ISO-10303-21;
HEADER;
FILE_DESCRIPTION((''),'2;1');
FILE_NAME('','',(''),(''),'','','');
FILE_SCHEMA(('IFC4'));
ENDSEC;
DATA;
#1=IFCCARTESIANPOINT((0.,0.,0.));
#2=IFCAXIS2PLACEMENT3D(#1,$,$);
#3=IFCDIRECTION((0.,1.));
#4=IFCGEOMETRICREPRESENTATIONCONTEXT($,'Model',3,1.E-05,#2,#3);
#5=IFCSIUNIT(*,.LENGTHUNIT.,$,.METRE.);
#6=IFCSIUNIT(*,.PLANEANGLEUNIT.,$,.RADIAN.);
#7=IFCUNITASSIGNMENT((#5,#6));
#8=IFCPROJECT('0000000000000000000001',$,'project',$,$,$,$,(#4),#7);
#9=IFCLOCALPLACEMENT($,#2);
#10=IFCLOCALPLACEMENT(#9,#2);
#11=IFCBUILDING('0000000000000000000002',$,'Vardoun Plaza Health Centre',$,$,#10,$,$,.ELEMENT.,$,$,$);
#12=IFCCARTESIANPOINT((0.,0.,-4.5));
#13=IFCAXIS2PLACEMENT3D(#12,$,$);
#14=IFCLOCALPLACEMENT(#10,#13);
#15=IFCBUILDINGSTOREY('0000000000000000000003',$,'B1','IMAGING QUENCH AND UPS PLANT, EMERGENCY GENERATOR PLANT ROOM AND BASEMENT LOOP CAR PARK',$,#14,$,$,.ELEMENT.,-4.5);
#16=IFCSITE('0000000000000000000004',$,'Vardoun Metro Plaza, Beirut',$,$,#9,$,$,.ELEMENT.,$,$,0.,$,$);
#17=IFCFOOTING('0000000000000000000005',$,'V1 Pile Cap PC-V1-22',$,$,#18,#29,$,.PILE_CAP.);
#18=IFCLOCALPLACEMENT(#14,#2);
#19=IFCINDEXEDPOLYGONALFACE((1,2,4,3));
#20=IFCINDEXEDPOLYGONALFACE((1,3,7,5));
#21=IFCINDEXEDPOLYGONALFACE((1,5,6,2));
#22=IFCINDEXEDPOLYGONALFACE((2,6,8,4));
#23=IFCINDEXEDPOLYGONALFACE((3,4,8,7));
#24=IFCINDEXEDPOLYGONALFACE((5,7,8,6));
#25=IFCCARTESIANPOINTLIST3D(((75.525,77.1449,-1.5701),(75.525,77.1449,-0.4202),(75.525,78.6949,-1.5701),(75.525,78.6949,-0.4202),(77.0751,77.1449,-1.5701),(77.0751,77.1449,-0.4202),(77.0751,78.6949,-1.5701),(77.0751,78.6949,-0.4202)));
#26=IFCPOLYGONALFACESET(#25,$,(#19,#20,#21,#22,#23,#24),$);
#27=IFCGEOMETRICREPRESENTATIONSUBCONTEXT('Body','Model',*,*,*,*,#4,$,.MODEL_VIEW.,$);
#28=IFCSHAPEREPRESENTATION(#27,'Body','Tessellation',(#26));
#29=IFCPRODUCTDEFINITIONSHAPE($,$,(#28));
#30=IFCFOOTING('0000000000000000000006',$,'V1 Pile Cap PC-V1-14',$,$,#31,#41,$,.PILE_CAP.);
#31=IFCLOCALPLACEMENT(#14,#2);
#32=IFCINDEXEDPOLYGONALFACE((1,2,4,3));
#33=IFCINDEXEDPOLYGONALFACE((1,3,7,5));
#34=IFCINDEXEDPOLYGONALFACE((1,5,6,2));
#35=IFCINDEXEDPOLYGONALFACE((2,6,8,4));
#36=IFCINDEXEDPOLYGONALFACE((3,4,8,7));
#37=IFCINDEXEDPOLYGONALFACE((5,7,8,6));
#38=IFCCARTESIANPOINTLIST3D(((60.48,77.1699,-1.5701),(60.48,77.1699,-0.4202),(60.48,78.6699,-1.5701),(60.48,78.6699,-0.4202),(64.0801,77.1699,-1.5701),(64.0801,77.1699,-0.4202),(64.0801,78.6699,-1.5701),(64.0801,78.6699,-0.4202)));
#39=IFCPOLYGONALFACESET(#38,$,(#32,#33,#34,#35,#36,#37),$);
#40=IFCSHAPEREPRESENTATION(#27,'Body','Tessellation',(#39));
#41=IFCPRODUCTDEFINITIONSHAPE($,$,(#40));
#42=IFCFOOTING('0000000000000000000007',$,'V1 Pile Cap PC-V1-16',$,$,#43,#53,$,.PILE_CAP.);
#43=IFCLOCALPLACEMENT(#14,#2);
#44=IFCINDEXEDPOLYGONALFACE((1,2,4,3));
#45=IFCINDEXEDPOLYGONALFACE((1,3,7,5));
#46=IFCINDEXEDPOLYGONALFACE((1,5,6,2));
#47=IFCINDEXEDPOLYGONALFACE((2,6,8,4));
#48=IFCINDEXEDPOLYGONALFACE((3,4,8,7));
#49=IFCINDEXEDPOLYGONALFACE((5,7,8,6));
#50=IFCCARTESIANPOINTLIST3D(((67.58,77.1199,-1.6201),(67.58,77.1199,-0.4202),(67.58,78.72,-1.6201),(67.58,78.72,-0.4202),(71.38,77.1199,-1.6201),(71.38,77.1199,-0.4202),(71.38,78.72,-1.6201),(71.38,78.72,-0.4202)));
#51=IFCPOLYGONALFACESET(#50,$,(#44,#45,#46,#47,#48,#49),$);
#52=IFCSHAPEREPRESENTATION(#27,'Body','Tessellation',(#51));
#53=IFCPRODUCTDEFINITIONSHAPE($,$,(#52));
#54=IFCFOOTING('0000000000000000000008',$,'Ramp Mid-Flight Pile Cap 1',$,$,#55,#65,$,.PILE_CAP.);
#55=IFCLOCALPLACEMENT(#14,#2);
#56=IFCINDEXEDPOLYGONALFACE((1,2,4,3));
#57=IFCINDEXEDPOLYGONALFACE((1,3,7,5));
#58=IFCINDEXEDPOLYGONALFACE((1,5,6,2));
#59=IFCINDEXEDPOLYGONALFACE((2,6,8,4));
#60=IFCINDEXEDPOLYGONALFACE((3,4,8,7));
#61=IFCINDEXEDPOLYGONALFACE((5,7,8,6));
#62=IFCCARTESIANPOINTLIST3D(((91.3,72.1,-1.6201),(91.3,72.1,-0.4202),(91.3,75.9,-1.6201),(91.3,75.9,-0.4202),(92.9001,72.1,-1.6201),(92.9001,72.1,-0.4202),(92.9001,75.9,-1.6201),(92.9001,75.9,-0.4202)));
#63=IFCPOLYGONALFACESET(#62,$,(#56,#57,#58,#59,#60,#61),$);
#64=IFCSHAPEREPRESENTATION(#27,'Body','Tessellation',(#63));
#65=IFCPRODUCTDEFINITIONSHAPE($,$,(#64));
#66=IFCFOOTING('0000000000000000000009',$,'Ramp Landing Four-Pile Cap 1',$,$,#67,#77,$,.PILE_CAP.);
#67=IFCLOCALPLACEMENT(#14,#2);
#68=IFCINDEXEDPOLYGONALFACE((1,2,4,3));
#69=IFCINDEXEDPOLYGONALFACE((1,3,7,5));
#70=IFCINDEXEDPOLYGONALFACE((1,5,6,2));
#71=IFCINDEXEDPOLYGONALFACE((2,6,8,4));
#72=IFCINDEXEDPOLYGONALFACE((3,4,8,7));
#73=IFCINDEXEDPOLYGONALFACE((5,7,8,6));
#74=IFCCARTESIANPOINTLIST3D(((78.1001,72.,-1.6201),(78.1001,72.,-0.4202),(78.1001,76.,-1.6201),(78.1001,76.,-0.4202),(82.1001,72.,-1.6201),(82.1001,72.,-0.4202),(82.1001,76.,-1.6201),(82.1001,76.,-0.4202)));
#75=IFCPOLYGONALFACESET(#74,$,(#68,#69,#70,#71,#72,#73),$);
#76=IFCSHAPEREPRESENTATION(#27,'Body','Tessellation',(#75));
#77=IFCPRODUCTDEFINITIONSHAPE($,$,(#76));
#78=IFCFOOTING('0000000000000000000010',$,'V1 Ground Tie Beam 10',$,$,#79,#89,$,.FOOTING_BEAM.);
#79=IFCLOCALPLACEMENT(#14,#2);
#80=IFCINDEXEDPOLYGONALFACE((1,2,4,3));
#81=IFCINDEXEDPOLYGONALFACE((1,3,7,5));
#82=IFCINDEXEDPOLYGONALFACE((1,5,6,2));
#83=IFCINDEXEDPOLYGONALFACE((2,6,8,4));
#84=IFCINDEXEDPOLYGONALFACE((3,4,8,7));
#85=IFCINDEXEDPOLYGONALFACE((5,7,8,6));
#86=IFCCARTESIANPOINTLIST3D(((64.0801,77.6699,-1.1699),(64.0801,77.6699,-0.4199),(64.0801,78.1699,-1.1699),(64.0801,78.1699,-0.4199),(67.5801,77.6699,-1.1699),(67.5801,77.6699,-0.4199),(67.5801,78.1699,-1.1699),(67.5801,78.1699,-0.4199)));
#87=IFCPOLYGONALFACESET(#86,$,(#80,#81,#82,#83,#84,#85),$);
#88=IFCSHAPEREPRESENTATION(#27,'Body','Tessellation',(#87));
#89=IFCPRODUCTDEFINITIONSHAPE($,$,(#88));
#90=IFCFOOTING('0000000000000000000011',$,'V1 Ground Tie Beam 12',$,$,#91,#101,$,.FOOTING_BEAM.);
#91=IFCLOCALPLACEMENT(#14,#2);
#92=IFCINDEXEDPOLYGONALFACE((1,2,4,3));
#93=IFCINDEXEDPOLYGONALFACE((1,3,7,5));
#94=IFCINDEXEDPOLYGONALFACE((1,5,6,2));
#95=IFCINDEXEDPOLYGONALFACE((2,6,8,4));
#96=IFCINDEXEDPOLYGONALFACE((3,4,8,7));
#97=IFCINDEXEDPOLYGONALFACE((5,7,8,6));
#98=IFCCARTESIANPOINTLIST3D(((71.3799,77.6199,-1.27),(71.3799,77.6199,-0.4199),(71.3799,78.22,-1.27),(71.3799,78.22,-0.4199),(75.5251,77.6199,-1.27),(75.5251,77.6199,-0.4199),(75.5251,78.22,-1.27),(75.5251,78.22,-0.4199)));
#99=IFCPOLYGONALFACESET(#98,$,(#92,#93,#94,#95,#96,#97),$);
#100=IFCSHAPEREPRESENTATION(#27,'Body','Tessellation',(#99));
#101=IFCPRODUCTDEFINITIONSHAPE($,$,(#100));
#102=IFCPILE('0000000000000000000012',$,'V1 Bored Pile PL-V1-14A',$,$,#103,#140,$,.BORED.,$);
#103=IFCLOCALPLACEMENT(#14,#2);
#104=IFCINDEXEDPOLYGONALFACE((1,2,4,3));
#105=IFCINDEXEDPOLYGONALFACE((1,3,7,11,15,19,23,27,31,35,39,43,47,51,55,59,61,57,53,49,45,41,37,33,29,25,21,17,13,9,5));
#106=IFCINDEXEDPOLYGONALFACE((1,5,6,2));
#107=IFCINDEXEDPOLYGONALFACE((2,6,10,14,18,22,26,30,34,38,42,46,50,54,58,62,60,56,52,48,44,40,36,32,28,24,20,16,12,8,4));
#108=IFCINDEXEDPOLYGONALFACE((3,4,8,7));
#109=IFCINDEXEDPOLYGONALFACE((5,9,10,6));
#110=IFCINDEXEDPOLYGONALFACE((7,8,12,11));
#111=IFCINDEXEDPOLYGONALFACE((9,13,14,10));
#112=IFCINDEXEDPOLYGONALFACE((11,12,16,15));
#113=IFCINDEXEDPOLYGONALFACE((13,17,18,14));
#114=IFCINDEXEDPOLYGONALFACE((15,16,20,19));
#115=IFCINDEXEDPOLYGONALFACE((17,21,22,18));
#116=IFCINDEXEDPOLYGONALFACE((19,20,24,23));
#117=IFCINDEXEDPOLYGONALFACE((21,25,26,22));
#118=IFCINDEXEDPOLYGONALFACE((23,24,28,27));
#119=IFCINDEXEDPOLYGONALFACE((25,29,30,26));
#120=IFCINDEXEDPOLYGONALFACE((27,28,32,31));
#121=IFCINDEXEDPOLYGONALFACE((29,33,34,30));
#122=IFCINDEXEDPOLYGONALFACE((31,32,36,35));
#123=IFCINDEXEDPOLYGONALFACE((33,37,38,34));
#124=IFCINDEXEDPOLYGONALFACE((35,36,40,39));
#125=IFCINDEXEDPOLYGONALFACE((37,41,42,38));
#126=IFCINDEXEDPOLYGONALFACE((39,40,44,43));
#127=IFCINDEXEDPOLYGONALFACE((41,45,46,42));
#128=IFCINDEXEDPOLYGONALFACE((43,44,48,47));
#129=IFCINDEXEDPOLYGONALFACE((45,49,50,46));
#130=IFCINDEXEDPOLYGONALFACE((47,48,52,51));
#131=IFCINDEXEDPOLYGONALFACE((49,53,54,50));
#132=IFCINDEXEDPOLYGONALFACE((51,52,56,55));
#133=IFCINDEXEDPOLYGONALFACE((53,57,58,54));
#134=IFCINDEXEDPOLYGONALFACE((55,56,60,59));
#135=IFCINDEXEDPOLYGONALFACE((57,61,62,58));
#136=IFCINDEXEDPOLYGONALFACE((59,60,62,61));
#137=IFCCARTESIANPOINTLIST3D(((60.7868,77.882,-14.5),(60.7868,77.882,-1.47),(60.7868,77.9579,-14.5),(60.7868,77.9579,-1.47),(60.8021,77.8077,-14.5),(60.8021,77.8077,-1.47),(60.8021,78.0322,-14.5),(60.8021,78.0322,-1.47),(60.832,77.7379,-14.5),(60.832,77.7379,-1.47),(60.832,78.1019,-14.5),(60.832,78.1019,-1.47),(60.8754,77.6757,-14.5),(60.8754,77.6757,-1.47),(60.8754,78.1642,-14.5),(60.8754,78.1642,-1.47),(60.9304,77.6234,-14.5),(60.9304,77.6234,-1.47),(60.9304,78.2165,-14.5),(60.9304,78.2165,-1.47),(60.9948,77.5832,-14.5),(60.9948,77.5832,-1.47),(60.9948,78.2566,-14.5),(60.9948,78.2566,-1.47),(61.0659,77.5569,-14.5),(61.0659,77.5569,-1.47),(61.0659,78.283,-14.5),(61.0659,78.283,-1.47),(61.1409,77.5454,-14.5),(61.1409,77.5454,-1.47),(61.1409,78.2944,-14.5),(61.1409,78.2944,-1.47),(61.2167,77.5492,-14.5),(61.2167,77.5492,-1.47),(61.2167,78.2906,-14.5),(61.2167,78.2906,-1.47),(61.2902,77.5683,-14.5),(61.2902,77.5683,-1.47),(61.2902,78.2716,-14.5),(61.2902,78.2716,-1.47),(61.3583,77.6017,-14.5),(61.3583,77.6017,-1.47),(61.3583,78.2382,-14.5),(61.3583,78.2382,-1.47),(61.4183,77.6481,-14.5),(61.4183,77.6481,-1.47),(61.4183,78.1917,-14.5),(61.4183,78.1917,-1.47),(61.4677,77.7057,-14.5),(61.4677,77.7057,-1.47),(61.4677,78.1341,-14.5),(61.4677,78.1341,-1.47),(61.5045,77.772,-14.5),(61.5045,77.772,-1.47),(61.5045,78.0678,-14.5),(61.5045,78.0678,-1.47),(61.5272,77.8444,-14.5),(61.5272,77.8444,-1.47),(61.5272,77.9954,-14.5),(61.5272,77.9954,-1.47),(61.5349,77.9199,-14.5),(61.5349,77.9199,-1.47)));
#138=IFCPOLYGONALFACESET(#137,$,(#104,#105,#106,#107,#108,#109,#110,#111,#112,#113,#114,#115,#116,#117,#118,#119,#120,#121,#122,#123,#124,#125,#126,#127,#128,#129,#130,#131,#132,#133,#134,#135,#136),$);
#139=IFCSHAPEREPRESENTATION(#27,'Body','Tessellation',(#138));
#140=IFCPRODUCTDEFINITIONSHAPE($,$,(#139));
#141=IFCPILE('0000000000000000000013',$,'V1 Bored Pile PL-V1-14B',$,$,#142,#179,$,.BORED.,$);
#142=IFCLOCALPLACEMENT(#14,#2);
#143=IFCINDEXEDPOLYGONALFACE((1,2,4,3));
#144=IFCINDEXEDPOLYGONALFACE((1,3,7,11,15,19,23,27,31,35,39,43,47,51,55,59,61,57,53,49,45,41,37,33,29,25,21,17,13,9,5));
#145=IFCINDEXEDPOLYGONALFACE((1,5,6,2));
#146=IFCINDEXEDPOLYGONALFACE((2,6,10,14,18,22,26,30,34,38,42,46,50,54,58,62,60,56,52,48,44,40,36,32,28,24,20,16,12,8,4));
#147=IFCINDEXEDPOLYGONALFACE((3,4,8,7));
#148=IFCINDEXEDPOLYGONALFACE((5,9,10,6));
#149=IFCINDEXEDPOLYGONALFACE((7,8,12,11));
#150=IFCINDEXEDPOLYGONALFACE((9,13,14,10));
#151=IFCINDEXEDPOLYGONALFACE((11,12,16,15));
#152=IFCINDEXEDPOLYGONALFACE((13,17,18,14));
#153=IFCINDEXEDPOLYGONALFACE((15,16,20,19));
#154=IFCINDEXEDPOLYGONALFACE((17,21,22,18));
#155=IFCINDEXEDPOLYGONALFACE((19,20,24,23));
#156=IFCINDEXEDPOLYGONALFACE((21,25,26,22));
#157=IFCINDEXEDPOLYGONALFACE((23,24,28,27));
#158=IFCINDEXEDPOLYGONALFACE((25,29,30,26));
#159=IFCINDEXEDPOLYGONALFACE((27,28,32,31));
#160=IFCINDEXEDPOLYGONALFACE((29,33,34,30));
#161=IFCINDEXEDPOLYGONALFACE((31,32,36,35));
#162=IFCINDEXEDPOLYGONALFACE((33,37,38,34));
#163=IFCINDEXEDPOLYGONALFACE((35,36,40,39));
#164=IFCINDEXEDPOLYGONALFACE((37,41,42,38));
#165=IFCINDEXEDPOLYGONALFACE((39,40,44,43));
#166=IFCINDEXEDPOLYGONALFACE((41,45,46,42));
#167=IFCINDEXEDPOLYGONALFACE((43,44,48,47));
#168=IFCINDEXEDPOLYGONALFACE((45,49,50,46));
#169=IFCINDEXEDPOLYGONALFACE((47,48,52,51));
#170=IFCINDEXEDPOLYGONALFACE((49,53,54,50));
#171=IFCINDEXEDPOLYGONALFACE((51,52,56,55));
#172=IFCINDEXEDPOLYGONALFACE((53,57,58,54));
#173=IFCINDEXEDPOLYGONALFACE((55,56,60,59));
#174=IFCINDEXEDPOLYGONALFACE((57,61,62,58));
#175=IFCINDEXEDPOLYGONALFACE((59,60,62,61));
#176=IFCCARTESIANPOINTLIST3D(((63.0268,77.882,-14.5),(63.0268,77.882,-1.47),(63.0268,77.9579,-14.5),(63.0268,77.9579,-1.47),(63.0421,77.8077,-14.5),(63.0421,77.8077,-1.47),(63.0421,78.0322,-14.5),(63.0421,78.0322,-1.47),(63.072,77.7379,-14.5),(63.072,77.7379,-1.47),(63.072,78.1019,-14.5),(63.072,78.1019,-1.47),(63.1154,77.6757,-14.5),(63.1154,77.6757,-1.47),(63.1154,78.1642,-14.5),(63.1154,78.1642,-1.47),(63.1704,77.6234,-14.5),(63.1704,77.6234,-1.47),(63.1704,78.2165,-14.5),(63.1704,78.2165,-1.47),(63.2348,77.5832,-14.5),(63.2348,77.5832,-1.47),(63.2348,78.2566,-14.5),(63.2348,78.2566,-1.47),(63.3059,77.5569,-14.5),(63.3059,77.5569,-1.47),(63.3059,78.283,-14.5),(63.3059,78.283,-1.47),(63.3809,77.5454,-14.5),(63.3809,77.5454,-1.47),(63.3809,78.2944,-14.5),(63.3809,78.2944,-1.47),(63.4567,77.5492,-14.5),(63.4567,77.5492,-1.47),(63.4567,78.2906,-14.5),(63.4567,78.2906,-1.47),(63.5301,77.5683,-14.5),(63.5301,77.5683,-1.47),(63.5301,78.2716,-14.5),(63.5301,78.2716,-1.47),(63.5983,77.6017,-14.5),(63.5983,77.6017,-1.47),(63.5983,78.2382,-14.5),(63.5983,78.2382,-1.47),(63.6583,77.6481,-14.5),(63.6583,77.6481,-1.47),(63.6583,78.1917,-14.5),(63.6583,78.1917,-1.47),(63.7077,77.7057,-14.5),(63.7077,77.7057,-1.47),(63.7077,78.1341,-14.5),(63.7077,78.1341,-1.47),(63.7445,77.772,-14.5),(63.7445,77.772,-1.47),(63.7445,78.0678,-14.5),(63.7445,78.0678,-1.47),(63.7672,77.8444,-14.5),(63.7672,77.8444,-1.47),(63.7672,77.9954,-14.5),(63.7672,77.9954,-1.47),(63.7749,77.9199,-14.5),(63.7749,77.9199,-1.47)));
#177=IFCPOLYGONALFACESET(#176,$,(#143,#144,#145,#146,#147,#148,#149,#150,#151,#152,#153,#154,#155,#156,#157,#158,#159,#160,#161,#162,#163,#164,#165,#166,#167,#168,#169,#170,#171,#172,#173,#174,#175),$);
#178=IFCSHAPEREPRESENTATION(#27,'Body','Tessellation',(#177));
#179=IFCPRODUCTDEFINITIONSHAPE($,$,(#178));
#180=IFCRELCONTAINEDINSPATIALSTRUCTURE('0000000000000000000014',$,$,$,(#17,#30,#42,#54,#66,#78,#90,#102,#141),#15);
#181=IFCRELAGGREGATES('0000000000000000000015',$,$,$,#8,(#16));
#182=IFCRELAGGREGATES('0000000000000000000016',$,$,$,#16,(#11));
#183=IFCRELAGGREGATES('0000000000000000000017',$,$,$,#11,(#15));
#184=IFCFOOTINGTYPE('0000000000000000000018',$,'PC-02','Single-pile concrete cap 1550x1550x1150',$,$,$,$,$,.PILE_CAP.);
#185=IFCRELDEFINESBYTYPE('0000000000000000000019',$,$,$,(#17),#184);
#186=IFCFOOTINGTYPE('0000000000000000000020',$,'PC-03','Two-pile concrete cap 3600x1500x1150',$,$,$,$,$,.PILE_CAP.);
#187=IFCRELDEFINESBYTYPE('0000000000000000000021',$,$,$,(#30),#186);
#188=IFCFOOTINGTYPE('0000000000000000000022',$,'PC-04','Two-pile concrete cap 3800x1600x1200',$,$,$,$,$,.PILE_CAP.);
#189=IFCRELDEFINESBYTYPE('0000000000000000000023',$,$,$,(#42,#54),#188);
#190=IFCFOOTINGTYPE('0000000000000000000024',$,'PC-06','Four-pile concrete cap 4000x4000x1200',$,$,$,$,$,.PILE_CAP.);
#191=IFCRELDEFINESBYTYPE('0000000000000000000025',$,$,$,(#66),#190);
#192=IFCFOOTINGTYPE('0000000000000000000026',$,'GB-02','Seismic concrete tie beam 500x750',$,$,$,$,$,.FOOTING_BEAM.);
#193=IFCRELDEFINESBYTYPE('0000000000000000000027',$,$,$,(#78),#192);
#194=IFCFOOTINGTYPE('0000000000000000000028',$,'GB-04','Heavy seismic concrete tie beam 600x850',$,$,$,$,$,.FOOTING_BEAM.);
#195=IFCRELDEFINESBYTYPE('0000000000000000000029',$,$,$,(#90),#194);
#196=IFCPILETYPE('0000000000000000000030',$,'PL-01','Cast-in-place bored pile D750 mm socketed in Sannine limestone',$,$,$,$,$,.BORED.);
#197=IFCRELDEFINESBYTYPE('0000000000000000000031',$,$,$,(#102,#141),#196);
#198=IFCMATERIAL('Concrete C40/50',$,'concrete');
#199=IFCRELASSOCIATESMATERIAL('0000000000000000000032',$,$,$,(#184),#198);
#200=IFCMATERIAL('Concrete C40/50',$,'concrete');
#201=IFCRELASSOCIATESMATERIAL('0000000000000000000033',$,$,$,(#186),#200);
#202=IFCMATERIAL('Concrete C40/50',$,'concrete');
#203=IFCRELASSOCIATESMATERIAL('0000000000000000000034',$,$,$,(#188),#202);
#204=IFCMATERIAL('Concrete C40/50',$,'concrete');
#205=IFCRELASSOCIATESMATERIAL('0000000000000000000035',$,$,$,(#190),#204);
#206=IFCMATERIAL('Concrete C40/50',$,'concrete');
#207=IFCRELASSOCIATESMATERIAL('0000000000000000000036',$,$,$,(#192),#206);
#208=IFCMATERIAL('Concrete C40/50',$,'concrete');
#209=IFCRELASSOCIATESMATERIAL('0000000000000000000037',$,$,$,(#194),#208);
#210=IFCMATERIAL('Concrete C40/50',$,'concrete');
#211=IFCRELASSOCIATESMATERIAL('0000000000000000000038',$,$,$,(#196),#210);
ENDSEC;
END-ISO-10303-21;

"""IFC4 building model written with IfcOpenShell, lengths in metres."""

from ifc_helpers import new_model, si_unit, direction, frame, origin, origin_2d, place, context, subcontext, project, spatial, rectangle, circle, extrude, material, material_profile, profile_set, type_object, element, save


model = new_model("IFC4")

# Units and contexts
model_context = context("Model", 3, precision=1e-05, world=origin(), true_north=direction((0.0, 1.0)))
body_context = subcontext(model_context, "Body", "Model", "MODEL_VIEW")
ifc_project = project(units=[si_unit("LENGTHUNIT", "METRE"), si_unit("PLANEANGLEUNIT", "RADIAN")], contexts=[model_context])

# Site, building, storey
site_placement = place(None, origin())
site = spatial("IfcSite", under=ifc_project, at=site_placement, Name="Vardoun Metro Plaza, Beirut", CompositionType="ELEMENT", RefElevation=0.0)
building_placement = place(site_placement, origin())
building = spatial("IfcBuilding", under=site, at=building_placement, Name="Vardoun Plaza Health Centre", CompositionType="ELEMENT")
storey_placement = place(building_placement, frame((0.0, 0.0, -4.5)))
storey = spatial("IfcBuildingStorey", under=building, at=storey_placement, Name="B1", Description="IMAGING QUENCH AND UPS PLANT, EMERGENCY GENERATOR PLANT ROOM AND BASEMENT LOOP CAR PARK", CompositionType="ELEMENT", Elevation=-4.5)

# Footings
ifc_material_1 = material(Name="Concrete C40/50", Category="concrete")
footing_type_1 = type_object("IfcFootingType", Name="PC-02", Description="Single-pile concrete cap 1550x1550x1150", PredefinedType="PILE_CAP", material=ifc_material_1)
footing_1_placement = place(storey_placement, frame((76.3, 77.9199, -1.5701), z_axis=(0.0, 0.0, 1.0), x_axis=(1.0, 0.0, 0.0)))
element("IfcFooting", 1, at=footing_1_placement, inside=storey, type_object=footing_type_1, Name="V1 Pile Cap PC-V1-22", PredefinedType="PILE_CAP", context=body_context, shape_type="SweptSolid", body=[
    extrude(rectangle(XDim=1.55, YDim=1.55, at=origin_2d()), origin(), (0.0, 0.0, 1.0), 1.1499),
])
ifc_material_2 = material(Name="Concrete C40/50", Category="concrete")
footing_type_2 = type_object("IfcFootingType", Name="PC-03", Description="Two-pile concrete cap 3600x1500x1150", PredefinedType="PILE_CAP", material=ifc_material_2)
footing_2_placement = place(storey_placement, frame((62.28, 77.9199, -1.5701), z_axis=(0.0, 0.0, 1.0), x_axis=(1.0, 0.0, 0.0)))
element("IfcFooting", 2, at=footing_2_placement, inside=storey, type_object=footing_type_2, Name="V1 Pile Cap PC-V1-14", PredefinedType="PILE_CAP", context=body_context, shape_type="SweptSolid", body=[
    extrude(rectangle(XDim=3.6001, YDim=1.5, at=origin_2d()), origin(), (0.0, 0.0, 1.0), 1.1499),
])
ifc_material_3 = material(Name="Concrete C40/50", Category="concrete")
footing_type_3 = type_object("IfcFootingType", Name="PC-04", Description="Two-pile concrete cap 3800x1600x1200", PredefinedType="PILE_CAP", material=ifc_material_3)
for number, where, z_axis, x_axis, name in (
    (3, (69.48, 77.9199, -1.6201), (0.0, 0.0, 1.0), (1.0, 0.0, 0.0), "V1 Pile Cap PC-V1-16"),
    (4, (92.1001, 74.0, -1.6201), (0.0, 0.0, 1.0), (0.0, 1.0, 0.0), "Ramp Mid-Flight Pile Cap 1"),
):
    element("IfcFooting", number, at=place(storey_placement, frame(where, z_axis=z_axis, x_axis=x_axis)), inside=storey, type_object=footing_type_3, Name=name, PredefinedType="PILE_CAP", context=body_context, shape_type="SweptSolid", body=[
        extrude(rectangle(XDim=3.8, YDim=1.6001, at=origin_2d()), origin(), (0.0, 0.0, 1.0), 1.2),
    ])
ifc_material_4 = material(Name="Concrete C40/50", Category="concrete")
footing_type_4 = type_object("IfcFootingType", Name="PC-06", Description="Four-pile concrete cap 4000x4000x1200", PredefinedType="PILE_CAP", material=ifc_material_4)
footing_3_placement = place(storey_placement, frame((80.1001, 74.0, -1.6201), z_axis=(0.0, 0.0, 1.0), x_axis=(1.0, 0.0, 0.0)))
element("IfcFooting", 5, at=footing_3_placement, inside=storey, type_object=footing_type_4, Name="Ramp Landing Four-Pile Cap 1", PredefinedType="PILE_CAP", context=body_context, shape_type="SweptSolid", body=[
    extrude(rectangle(XDim=4.0, YDim=4.0, at=origin_2d()), origin(), (0.0, 0.0, 1.0), 1.2),
])
ifc_material_5 = material(Name="Concrete C40/50", Category="concrete")
ifc_material_profile_1 = material_profile(ifc_material_5, rectangle(XDim=0.5, YDim=0.75, at=origin_2d()), Name="GB 500x750")
ifc_profile_set_1 = profile_set([ifc_material_profile_1], Name="Concrete C40/50")
footing_type_5 = type_object("IfcFootingType", Name="GB-02", Description="Seismic concrete tie beam 500x750", PredefinedType="FOOTING_BEAM", material=ifc_profile_set_1)
footing_4_placement = place(storey_placement, frame((64.0801, 77.9199, -0.7949), z_axis=(1.0, 0.0, 0.0), x_axis=(0.0, 1.0, 0.0)))
element("IfcFooting", 6, at=footing_4_placement, inside=storey, type_object=footing_type_5, Name="V1 Ground Tie Beam 10", PredefinedType="FOOTING_BEAM", context=body_context, shape_type="SweptSolid", body=[
    extrude(rectangle(XDim=0.5, YDim=0.75, at=origin_2d()), origin(), (0.0, 0.0, 1.0), 3.5),
])
ifc_material_6 = material(Name="Concrete C40/50", Category="concrete")
ifc_material_profile_2 = material_profile(ifc_material_6, rectangle(XDim=0.6001, YDim=0.8501, at=origin_2d()), Name="GB 600x850")
ifc_profile_set_2 = profile_set([ifc_material_profile_2], Name="Concrete C40/50")
footing_type_6 = type_object("IfcFootingType", Name="GB-04", Description="Heavy seismic concrete tie beam 600x850", PredefinedType="FOOTING_BEAM", material=ifc_profile_set_2)
footing_5_placement = place(storey_placement, frame((71.3799, 77.9199, -0.845), z_axis=(1.0, 0.0, 0.0), x_axis=(0.0, 1.0, 0.0)))
element("IfcFooting", 7, at=footing_5_placement, inside=storey, type_object=footing_type_6, Name="V1 Ground Tie Beam 12", PredefinedType="FOOTING_BEAM", context=body_context, shape_type="SweptSolid", body=[
    extrude(rectangle(XDim=0.6001, YDim=0.8501, at=origin_2d()), origin(), (0.0, 0.0, 1.0), 4.1453),
])

# Piles
ifc_material_7 = material(Name="Concrete C40/50", Category="concrete")
ifc_material_profile_3 = material_profile(ifc_material_7, circle(Radius=0.375, at=origin_2d()), Name="PILE D750")
ifc_profile_set_3 = profile_set([ifc_material_profile_3], Name="Concrete C40/50")
pile_type_1 = type_object("IfcPileType", Name="PL-01", Description="Cast-in-place bored pile D750 mm socketed in Sannine limestone", PredefinedType="BORED", material=ifc_profile_set_3)
for number, where, z_axis, x_axis, name in (
    (8, (61.1599, 77.9199, -1.47), (0.0, 0.0, -1.0), (1.0, 0.0, 0.0), "V1 Bored Pile PL-V1-14A"),
    (9, (63.3999, 77.9199, -1.47), (0.0, 0.0, -1.0), (1.0, 0.0, 0.0), "V1 Bored Pile PL-V1-14B"),
):
    element("IfcPile", number, at=place(storey_placement, frame(where, z_axis=z_axis, x_axis=x_axis)), inside=storey, type_object=pile_type_1, Name=name, PredefinedType="BORED", context=body_context, shape_type="SweptSolid", body=[
        extrude(circle(Radius=0.375, at=origin_2d()), origin(), (0.0, 0.0, 1.0), 13.03),
    ])

save(model, "model.ifc")
